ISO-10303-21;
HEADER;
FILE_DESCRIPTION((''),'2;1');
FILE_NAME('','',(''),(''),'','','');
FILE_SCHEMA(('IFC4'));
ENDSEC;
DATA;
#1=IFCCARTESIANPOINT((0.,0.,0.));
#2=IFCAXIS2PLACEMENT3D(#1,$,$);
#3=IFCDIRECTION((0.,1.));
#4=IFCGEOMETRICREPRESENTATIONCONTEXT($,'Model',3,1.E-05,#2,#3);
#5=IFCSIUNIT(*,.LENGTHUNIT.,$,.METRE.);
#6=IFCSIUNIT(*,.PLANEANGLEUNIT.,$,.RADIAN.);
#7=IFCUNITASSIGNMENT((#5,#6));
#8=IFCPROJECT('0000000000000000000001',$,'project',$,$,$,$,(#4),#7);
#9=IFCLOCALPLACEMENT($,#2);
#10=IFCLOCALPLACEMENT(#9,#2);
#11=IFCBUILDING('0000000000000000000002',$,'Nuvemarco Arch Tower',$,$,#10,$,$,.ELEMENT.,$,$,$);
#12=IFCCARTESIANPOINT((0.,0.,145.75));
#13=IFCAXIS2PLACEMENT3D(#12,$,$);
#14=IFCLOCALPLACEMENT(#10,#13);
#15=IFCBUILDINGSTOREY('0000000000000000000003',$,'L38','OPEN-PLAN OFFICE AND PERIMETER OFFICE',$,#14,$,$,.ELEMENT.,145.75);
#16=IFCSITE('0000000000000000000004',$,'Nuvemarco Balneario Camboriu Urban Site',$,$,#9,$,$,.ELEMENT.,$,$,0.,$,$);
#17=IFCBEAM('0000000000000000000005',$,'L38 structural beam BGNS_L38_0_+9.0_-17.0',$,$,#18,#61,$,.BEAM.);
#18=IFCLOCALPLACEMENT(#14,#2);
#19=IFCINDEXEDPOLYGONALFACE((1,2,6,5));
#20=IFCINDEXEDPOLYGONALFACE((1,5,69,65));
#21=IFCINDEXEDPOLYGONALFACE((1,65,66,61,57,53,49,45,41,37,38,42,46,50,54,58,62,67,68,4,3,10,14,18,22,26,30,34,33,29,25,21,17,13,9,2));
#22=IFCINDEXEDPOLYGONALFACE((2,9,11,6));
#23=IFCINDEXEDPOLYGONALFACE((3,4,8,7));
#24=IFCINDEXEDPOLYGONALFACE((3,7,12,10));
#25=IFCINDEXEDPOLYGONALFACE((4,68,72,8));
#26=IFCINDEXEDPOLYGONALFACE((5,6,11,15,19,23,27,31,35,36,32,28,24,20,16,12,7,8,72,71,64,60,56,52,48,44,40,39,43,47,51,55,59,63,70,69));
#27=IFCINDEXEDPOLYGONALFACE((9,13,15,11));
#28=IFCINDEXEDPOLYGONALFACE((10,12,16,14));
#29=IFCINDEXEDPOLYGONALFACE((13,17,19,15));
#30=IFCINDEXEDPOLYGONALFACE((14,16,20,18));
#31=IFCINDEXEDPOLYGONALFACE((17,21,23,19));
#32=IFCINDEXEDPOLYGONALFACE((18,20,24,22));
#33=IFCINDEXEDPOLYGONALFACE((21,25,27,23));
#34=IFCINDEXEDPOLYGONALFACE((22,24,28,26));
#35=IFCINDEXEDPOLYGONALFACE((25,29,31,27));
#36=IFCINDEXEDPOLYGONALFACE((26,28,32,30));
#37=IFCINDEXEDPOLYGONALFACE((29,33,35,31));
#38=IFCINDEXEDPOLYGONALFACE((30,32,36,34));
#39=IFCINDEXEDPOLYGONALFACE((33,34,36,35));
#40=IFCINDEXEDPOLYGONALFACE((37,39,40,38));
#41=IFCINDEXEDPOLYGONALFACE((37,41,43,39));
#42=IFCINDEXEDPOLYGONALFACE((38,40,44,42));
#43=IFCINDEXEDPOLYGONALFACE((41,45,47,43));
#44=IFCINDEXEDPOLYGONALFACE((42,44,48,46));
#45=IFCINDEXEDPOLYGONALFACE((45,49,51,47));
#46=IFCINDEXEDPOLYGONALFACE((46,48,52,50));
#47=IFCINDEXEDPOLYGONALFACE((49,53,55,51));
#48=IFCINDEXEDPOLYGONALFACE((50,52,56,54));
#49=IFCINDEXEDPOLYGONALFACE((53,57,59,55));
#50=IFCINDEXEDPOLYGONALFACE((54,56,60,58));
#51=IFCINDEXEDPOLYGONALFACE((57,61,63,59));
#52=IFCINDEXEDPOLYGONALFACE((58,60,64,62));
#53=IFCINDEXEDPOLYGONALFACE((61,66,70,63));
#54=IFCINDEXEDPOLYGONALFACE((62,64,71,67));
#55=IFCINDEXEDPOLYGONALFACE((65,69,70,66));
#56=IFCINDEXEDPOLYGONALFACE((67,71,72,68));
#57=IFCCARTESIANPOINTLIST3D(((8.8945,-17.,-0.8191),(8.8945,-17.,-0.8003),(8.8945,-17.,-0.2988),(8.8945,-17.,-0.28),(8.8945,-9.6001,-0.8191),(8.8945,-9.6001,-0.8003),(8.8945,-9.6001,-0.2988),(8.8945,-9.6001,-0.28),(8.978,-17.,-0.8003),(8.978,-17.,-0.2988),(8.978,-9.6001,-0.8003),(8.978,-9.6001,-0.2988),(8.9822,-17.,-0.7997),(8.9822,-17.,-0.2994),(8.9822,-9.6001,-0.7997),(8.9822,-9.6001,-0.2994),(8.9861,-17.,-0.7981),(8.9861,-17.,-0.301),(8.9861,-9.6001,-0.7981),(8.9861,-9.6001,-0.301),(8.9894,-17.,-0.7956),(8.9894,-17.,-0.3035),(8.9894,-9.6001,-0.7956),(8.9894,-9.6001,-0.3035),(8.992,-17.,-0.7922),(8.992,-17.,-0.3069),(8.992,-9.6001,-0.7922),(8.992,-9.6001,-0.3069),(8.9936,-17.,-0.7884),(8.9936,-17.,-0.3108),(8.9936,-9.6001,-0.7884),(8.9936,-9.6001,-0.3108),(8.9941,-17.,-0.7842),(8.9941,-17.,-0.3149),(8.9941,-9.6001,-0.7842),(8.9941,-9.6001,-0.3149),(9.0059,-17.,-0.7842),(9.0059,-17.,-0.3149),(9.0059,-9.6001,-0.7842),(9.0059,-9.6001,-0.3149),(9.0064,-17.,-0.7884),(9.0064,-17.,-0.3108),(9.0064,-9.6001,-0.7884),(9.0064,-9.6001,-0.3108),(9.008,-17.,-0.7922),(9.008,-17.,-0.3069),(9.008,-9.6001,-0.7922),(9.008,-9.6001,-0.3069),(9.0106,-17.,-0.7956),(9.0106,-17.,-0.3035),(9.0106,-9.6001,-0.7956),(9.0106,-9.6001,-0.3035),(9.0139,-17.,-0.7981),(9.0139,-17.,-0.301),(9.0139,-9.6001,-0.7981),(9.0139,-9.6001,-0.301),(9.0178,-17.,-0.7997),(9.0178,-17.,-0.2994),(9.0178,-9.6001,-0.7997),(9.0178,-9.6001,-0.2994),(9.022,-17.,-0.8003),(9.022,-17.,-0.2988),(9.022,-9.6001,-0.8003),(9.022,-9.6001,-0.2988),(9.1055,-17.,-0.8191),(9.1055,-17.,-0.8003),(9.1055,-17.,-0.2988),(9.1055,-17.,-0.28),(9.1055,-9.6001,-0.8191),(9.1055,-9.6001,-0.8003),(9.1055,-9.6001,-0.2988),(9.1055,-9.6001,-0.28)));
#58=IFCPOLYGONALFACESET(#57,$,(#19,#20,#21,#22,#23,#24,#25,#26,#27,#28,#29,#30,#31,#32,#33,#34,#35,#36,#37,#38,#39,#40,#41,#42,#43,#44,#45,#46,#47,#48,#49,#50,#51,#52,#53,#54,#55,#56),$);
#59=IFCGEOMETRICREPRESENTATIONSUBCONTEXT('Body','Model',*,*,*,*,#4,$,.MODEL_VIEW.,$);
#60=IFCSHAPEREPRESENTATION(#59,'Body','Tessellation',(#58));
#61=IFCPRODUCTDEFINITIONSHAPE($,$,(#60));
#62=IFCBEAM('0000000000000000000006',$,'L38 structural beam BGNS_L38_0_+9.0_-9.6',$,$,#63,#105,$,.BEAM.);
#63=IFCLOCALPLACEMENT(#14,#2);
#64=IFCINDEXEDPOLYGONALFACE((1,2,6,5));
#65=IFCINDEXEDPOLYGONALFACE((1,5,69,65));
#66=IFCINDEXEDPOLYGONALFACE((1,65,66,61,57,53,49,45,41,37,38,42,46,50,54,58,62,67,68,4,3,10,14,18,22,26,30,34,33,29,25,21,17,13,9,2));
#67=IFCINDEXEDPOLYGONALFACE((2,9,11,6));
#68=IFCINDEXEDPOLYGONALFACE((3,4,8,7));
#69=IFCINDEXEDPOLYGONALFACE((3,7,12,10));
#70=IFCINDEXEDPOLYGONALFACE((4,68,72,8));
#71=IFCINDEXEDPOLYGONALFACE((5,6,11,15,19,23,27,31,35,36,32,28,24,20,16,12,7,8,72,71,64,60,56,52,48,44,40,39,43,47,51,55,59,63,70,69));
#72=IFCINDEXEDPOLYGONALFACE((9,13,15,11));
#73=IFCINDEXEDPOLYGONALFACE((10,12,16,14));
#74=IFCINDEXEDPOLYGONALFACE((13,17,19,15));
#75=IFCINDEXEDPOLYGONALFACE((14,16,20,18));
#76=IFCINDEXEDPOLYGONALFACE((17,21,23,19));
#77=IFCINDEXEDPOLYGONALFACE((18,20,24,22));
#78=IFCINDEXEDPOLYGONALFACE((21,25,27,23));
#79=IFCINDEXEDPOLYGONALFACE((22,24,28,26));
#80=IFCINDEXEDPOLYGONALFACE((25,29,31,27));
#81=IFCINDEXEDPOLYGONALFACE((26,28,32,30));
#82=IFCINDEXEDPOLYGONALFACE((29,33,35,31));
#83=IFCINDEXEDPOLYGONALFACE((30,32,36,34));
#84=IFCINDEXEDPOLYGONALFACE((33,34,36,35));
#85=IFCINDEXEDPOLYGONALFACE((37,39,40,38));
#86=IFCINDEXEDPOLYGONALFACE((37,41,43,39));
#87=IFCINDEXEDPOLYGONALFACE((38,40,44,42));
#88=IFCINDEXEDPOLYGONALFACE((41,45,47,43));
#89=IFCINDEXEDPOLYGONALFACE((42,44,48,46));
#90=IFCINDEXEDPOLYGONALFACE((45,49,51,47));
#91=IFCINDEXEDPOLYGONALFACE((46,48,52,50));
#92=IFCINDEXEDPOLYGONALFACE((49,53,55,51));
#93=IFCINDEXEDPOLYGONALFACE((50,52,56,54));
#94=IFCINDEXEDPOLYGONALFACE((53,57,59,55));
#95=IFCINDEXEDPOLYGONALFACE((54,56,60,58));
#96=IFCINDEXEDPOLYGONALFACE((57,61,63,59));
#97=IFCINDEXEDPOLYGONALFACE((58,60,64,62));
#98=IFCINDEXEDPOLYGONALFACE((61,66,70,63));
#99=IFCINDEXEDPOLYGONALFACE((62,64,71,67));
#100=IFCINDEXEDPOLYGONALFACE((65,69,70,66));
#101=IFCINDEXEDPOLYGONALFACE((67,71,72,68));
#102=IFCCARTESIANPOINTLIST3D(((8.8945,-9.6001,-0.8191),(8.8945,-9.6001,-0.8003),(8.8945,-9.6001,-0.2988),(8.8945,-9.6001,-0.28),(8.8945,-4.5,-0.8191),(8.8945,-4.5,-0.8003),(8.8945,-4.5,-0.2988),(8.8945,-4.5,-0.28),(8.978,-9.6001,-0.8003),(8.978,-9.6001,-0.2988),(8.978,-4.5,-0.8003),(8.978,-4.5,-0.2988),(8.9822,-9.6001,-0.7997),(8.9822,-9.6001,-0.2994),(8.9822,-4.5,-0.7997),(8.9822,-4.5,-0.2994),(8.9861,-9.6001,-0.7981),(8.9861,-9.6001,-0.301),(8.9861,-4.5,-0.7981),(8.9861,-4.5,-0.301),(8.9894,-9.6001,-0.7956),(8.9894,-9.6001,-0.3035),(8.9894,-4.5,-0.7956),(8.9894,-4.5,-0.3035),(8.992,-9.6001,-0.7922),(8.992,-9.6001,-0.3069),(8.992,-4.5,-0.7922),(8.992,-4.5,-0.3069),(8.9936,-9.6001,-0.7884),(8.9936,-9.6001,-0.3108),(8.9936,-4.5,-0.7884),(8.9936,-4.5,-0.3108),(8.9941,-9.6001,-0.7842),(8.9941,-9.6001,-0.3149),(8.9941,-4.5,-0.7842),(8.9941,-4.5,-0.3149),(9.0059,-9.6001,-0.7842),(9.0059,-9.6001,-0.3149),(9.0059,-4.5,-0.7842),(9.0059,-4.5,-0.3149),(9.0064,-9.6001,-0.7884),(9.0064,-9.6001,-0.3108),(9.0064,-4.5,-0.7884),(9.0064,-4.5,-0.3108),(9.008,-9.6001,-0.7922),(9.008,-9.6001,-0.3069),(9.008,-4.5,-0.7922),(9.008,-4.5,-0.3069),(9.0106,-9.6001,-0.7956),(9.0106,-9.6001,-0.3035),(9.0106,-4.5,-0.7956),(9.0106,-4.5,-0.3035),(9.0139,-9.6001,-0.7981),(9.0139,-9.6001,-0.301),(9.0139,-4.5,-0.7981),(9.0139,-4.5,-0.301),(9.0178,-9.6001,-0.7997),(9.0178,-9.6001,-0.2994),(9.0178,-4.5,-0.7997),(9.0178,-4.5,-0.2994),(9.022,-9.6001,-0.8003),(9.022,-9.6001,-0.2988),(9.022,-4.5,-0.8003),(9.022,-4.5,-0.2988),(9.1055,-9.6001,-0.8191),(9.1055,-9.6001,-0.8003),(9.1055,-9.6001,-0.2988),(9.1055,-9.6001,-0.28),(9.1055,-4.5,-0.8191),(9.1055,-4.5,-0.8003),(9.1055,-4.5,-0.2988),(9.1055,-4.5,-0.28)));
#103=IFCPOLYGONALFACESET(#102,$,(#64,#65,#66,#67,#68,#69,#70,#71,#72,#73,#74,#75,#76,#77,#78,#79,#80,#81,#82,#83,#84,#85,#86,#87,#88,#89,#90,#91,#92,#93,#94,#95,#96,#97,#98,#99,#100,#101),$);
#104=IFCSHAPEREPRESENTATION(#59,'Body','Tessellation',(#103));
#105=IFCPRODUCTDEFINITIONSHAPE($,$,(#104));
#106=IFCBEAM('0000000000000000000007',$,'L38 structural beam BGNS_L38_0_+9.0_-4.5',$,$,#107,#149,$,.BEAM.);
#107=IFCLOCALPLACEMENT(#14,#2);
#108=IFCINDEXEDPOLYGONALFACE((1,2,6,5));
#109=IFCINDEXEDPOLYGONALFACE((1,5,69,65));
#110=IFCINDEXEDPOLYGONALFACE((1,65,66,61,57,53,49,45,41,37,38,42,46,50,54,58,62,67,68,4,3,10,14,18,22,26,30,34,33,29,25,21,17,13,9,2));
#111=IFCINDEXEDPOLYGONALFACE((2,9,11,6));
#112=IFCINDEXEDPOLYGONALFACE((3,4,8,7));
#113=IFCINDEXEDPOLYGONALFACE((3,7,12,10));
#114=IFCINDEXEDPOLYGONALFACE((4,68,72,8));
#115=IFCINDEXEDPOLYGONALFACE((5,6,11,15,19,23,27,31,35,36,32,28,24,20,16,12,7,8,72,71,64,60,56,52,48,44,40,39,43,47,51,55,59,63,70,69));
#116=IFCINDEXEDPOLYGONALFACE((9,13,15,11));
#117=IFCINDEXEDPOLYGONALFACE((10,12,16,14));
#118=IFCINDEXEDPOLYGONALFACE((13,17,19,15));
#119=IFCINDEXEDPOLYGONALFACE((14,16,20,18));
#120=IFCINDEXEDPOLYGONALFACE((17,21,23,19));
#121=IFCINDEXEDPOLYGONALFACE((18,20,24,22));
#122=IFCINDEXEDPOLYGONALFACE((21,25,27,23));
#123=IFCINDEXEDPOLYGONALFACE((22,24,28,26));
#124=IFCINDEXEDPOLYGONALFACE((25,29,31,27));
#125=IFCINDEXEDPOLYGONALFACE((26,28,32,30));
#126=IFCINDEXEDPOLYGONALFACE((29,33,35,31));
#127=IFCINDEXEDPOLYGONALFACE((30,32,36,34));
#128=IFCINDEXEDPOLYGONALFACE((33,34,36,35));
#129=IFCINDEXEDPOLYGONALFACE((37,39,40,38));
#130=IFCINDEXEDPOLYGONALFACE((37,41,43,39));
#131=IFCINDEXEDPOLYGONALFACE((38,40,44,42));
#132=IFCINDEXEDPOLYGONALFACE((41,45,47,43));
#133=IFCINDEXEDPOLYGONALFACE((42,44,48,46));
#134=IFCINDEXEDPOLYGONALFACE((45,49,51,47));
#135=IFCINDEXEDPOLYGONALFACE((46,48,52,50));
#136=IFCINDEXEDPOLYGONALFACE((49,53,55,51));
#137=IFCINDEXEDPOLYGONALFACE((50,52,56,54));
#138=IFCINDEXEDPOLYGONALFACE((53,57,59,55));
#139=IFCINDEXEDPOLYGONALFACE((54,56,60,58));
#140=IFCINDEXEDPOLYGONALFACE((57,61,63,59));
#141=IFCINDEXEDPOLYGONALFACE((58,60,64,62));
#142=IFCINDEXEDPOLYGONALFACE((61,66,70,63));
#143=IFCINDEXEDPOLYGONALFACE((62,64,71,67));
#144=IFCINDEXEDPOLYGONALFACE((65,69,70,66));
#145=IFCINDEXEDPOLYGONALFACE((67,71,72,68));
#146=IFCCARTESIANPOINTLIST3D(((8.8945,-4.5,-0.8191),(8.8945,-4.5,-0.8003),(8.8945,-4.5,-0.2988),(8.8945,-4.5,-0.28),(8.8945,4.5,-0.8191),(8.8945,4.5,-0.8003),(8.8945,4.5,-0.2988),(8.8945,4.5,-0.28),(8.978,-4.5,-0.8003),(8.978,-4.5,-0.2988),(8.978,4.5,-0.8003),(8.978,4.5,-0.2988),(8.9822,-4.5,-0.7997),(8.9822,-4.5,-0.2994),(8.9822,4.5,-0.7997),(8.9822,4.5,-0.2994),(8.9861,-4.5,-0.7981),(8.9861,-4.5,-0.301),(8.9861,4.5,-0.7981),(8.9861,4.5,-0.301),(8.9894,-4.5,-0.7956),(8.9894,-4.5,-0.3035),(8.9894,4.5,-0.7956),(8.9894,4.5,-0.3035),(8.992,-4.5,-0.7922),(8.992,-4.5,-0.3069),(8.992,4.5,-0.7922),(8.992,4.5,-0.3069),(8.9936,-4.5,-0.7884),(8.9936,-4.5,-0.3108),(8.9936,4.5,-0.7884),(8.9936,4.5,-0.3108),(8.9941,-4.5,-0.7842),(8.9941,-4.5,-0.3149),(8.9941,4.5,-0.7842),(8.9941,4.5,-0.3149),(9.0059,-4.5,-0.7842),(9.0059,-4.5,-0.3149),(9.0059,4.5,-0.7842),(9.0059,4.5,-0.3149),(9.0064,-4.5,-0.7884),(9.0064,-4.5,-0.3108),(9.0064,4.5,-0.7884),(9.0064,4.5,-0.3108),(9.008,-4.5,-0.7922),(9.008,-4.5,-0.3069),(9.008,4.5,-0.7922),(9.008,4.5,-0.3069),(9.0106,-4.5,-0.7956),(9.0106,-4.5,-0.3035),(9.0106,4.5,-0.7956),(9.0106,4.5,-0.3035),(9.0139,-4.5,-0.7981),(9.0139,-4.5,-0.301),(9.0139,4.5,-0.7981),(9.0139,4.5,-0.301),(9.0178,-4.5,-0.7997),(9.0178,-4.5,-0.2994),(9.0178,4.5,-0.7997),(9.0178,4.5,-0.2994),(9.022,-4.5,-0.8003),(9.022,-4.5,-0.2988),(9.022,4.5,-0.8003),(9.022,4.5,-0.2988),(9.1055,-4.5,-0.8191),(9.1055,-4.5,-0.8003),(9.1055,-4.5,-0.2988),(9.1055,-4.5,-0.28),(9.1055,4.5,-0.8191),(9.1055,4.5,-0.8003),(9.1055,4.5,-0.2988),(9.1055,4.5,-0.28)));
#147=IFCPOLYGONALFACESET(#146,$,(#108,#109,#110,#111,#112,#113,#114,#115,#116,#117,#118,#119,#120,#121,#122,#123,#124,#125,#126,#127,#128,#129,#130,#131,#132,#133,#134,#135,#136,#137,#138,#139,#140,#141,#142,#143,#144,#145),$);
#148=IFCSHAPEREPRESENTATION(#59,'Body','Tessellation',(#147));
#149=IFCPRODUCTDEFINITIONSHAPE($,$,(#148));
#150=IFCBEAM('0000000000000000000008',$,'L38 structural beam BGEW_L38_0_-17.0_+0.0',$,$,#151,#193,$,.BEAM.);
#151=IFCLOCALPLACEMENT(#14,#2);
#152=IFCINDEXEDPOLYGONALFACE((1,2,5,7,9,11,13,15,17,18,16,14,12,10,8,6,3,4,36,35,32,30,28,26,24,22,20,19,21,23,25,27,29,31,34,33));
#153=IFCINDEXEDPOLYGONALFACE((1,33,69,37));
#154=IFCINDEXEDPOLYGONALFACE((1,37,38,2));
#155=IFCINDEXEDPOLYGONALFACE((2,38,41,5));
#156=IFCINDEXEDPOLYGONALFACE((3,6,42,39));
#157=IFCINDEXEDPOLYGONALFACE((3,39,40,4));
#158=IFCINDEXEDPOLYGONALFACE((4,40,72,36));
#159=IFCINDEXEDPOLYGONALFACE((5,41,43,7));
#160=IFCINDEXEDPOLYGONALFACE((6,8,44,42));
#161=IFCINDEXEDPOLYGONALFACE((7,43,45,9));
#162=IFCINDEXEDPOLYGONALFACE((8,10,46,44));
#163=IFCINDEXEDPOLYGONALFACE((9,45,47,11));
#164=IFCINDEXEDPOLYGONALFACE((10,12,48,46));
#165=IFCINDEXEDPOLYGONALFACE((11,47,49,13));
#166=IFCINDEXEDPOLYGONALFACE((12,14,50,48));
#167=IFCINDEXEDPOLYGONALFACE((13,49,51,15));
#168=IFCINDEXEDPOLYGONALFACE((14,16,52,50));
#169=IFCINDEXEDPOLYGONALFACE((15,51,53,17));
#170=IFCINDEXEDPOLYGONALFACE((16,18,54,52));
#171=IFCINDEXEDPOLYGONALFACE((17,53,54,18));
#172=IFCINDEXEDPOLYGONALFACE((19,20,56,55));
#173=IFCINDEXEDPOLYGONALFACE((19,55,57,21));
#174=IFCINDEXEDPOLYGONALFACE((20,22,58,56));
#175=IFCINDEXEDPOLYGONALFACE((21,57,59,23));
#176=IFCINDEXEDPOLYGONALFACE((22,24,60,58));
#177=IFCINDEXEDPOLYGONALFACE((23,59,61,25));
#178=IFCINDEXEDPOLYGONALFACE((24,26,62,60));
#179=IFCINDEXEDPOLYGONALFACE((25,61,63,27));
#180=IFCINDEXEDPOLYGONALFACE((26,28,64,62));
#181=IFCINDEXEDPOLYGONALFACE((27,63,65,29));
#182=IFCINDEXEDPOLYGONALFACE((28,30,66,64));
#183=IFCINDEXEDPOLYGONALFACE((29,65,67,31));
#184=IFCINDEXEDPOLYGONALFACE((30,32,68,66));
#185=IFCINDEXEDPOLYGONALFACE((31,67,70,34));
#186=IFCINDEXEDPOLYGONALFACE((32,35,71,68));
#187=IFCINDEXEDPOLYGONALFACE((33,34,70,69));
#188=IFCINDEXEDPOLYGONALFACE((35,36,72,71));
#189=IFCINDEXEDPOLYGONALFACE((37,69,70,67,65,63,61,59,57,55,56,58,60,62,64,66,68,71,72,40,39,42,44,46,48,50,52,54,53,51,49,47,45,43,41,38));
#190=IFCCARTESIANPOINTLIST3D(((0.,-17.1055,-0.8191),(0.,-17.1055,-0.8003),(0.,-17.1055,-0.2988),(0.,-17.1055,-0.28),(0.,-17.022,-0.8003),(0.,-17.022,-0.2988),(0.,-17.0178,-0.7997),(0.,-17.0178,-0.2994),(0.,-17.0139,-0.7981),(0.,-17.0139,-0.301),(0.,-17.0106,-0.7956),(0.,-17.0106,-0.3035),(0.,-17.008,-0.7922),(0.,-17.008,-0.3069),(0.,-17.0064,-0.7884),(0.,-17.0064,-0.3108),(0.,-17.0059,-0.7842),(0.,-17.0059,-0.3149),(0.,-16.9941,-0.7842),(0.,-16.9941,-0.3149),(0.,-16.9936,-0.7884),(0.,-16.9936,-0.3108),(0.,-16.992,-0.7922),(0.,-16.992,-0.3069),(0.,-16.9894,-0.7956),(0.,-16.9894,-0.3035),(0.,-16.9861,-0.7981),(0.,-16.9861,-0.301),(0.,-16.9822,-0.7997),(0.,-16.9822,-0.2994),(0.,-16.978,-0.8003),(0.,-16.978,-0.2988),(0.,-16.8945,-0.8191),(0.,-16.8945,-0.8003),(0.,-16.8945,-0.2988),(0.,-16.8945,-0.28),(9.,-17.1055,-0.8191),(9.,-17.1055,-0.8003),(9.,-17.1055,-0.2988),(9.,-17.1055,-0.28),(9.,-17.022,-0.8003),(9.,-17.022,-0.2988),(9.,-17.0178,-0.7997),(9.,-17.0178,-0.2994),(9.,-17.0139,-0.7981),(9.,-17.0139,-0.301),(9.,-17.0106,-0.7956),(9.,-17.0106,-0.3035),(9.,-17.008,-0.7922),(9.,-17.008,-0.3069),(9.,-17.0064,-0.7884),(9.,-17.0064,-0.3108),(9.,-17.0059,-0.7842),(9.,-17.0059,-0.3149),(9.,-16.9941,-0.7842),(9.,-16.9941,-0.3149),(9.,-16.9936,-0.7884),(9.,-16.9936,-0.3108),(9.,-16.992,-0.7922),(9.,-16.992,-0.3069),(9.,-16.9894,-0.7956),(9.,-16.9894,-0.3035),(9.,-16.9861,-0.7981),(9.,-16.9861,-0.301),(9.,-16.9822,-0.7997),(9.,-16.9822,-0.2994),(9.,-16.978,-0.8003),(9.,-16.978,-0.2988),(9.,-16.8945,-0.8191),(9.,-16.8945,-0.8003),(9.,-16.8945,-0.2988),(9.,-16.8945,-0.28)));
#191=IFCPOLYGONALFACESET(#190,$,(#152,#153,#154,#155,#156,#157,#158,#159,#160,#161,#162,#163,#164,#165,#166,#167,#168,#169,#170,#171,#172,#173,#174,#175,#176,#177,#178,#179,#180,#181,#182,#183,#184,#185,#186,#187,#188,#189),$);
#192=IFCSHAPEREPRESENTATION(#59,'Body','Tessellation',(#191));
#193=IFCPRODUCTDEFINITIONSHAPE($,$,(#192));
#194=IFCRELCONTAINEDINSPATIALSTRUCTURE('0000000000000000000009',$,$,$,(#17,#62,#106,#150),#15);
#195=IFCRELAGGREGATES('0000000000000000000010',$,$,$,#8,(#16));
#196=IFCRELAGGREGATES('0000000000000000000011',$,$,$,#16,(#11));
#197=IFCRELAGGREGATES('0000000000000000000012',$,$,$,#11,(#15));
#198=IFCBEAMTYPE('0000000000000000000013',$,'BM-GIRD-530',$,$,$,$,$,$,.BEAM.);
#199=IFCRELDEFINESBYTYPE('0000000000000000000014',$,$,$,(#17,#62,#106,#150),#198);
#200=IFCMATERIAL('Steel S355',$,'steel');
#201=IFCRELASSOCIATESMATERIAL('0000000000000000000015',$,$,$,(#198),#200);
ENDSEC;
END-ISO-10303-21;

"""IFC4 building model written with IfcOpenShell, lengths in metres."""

from ifc_helpers import new_model, si_unit, direction, frame, origin, origin_2d, place, context, subcontext, project, spatial, i_section, extrude, material, material_profile, profile_set, type_object, element, save


model = new_model("IFC4")

# Units and contexts
model_context = context("Model", 3, precision=1e-05, world=origin(), true_north=direction((0.0, 1.0)))
body_context = subcontext(model_context, "Body", "Model", "MODEL_VIEW")
ifc_project = project(units=[si_unit("LENGTHUNIT", "METRE"), si_unit("PLANEANGLEUNIT", "RADIAN")], contexts=[model_context])

# Site, building, storey
site_placement = place(None, origin())
site = spatial("IfcSite", under=ifc_project, at=site_placement, Name="Nuvemarco Balneario Camboriu Urban Site", CompositionType="ELEMENT", RefElevation=0.0)
building_placement = place(site_placement, origin())
building = spatial("IfcBuilding", under=site, at=building_placement, Name="Nuvemarco Arch Tower", CompositionType="ELEMENT")
storey_placement = place(building_placement, frame((0.0, 0.0, 145.75)))
storey = spatial("IfcBuildingStorey", under=building, at=storey_placement, Name="L38", Description="OPEN-PLAN OFFICE AND PERIMETER OFFICE", CompositionType="ELEMENT", Elevation=145.75)

# Shared definitions
ifc_material_1 = material(Name="Steel S355", Category="steel")

# Beams
ifc_material_profile_1 = material_profile(ifc_material_1, i_section(OverallWidth=0.2109, OverallDepth=0.5391, WebThickness=0.0117, FlangeThickness=0.0188, FilletRadius=0.0161, at=origin_2d()), Name="W530x109")
ifc_profile_set_1 = profile_set([ifc_material_profile_1], Name="Steel S355")
beam_type_1 = type_object("IfcBeamType", Name="BM-GIRD-530", PredefinedType="BEAM", material=ifc_profile_set_1)
beam_1_placement = place(storey_placement, frame((9.0, -17.0, -0.5496), z_axis=(0.0, 1.0, 0.0), x_axis=(-1.0, 0.0, 0.0)))
element("IfcBeam", 1, at=beam_1_placement, inside=storey, type_object=beam_type_1, Name="L38 structural beam BGNS_L38_0_+9.0_-17.0", PredefinedType="BEAM", context=body_context, shape_type="SweptSolid", body=[
    extrude(i_section(OverallWidth=0.2109, OverallDepth=0.5391, WebThickness=0.0117, FlangeThickness=0.0188, FilletRadius=0.0161, at=origin_2d()), origin(), (0.0, 0.0, 1.0), 7.3999),
])
beam_2_placement = place(storey_placement, frame((9.0, -9.6001, -0.5496), z_axis=(0.0, 1.0, 0.0), x_axis=(-1.0, 0.0, 0.0)))
element("IfcBeam", 2, at=beam_2_placement, inside=storey, type_object=beam_type_1, Name="L38 structural beam BGNS_L38_0_+9.0_-9.6", PredefinedType="BEAM", context=body_context, shape_type="SweptSolid", body=[
    extrude(i_section(OverallWidth=0.2109, OverallDepth=0.5391, WebThickness=0.0117, FlangeThickness=0.0188, FilletRadius=0.0161, at=origin_2d()), origin(), (0.0, 0.0, 1.0), 5.1001),
])
for number, where, z_axis, x_axis, name in (
    (3, (9.0, -4.5, -0.5496), (0.0, 1.0, 0.0), (-1.0, 0.0, 0.0), "L38 structural beam BGNS_L38_0_+9.0_-4.5"),
    (4, (0.0, -17.0, -0.5496), (1.0, 0.0, 0.0), (0.0, 1.0, 0.0), "L38 structural beam BGEW_L38_0_-17.0_+0.0"),
):
    element("IfcBeam", number, at=place(storey_placement, frame(where, z_axis=z_axis, x_axis=x_axis)), inside=storey, type_object=beam_type_1, Name=name, PredefinedType="BEAM", context=body_context, shape_type="SweptSolid", body=[
        extrude(i_section(OverallWidth=0.2109, OverallDepth=0.5391, WebThickness=0.0117, FlangeThickness=0.0188, FilletRadius=0.0161, at=origin_2d()), origin(), (0.0, 0.0, 1.0), 9.0),
    ])

save(model, "model.ifc")
